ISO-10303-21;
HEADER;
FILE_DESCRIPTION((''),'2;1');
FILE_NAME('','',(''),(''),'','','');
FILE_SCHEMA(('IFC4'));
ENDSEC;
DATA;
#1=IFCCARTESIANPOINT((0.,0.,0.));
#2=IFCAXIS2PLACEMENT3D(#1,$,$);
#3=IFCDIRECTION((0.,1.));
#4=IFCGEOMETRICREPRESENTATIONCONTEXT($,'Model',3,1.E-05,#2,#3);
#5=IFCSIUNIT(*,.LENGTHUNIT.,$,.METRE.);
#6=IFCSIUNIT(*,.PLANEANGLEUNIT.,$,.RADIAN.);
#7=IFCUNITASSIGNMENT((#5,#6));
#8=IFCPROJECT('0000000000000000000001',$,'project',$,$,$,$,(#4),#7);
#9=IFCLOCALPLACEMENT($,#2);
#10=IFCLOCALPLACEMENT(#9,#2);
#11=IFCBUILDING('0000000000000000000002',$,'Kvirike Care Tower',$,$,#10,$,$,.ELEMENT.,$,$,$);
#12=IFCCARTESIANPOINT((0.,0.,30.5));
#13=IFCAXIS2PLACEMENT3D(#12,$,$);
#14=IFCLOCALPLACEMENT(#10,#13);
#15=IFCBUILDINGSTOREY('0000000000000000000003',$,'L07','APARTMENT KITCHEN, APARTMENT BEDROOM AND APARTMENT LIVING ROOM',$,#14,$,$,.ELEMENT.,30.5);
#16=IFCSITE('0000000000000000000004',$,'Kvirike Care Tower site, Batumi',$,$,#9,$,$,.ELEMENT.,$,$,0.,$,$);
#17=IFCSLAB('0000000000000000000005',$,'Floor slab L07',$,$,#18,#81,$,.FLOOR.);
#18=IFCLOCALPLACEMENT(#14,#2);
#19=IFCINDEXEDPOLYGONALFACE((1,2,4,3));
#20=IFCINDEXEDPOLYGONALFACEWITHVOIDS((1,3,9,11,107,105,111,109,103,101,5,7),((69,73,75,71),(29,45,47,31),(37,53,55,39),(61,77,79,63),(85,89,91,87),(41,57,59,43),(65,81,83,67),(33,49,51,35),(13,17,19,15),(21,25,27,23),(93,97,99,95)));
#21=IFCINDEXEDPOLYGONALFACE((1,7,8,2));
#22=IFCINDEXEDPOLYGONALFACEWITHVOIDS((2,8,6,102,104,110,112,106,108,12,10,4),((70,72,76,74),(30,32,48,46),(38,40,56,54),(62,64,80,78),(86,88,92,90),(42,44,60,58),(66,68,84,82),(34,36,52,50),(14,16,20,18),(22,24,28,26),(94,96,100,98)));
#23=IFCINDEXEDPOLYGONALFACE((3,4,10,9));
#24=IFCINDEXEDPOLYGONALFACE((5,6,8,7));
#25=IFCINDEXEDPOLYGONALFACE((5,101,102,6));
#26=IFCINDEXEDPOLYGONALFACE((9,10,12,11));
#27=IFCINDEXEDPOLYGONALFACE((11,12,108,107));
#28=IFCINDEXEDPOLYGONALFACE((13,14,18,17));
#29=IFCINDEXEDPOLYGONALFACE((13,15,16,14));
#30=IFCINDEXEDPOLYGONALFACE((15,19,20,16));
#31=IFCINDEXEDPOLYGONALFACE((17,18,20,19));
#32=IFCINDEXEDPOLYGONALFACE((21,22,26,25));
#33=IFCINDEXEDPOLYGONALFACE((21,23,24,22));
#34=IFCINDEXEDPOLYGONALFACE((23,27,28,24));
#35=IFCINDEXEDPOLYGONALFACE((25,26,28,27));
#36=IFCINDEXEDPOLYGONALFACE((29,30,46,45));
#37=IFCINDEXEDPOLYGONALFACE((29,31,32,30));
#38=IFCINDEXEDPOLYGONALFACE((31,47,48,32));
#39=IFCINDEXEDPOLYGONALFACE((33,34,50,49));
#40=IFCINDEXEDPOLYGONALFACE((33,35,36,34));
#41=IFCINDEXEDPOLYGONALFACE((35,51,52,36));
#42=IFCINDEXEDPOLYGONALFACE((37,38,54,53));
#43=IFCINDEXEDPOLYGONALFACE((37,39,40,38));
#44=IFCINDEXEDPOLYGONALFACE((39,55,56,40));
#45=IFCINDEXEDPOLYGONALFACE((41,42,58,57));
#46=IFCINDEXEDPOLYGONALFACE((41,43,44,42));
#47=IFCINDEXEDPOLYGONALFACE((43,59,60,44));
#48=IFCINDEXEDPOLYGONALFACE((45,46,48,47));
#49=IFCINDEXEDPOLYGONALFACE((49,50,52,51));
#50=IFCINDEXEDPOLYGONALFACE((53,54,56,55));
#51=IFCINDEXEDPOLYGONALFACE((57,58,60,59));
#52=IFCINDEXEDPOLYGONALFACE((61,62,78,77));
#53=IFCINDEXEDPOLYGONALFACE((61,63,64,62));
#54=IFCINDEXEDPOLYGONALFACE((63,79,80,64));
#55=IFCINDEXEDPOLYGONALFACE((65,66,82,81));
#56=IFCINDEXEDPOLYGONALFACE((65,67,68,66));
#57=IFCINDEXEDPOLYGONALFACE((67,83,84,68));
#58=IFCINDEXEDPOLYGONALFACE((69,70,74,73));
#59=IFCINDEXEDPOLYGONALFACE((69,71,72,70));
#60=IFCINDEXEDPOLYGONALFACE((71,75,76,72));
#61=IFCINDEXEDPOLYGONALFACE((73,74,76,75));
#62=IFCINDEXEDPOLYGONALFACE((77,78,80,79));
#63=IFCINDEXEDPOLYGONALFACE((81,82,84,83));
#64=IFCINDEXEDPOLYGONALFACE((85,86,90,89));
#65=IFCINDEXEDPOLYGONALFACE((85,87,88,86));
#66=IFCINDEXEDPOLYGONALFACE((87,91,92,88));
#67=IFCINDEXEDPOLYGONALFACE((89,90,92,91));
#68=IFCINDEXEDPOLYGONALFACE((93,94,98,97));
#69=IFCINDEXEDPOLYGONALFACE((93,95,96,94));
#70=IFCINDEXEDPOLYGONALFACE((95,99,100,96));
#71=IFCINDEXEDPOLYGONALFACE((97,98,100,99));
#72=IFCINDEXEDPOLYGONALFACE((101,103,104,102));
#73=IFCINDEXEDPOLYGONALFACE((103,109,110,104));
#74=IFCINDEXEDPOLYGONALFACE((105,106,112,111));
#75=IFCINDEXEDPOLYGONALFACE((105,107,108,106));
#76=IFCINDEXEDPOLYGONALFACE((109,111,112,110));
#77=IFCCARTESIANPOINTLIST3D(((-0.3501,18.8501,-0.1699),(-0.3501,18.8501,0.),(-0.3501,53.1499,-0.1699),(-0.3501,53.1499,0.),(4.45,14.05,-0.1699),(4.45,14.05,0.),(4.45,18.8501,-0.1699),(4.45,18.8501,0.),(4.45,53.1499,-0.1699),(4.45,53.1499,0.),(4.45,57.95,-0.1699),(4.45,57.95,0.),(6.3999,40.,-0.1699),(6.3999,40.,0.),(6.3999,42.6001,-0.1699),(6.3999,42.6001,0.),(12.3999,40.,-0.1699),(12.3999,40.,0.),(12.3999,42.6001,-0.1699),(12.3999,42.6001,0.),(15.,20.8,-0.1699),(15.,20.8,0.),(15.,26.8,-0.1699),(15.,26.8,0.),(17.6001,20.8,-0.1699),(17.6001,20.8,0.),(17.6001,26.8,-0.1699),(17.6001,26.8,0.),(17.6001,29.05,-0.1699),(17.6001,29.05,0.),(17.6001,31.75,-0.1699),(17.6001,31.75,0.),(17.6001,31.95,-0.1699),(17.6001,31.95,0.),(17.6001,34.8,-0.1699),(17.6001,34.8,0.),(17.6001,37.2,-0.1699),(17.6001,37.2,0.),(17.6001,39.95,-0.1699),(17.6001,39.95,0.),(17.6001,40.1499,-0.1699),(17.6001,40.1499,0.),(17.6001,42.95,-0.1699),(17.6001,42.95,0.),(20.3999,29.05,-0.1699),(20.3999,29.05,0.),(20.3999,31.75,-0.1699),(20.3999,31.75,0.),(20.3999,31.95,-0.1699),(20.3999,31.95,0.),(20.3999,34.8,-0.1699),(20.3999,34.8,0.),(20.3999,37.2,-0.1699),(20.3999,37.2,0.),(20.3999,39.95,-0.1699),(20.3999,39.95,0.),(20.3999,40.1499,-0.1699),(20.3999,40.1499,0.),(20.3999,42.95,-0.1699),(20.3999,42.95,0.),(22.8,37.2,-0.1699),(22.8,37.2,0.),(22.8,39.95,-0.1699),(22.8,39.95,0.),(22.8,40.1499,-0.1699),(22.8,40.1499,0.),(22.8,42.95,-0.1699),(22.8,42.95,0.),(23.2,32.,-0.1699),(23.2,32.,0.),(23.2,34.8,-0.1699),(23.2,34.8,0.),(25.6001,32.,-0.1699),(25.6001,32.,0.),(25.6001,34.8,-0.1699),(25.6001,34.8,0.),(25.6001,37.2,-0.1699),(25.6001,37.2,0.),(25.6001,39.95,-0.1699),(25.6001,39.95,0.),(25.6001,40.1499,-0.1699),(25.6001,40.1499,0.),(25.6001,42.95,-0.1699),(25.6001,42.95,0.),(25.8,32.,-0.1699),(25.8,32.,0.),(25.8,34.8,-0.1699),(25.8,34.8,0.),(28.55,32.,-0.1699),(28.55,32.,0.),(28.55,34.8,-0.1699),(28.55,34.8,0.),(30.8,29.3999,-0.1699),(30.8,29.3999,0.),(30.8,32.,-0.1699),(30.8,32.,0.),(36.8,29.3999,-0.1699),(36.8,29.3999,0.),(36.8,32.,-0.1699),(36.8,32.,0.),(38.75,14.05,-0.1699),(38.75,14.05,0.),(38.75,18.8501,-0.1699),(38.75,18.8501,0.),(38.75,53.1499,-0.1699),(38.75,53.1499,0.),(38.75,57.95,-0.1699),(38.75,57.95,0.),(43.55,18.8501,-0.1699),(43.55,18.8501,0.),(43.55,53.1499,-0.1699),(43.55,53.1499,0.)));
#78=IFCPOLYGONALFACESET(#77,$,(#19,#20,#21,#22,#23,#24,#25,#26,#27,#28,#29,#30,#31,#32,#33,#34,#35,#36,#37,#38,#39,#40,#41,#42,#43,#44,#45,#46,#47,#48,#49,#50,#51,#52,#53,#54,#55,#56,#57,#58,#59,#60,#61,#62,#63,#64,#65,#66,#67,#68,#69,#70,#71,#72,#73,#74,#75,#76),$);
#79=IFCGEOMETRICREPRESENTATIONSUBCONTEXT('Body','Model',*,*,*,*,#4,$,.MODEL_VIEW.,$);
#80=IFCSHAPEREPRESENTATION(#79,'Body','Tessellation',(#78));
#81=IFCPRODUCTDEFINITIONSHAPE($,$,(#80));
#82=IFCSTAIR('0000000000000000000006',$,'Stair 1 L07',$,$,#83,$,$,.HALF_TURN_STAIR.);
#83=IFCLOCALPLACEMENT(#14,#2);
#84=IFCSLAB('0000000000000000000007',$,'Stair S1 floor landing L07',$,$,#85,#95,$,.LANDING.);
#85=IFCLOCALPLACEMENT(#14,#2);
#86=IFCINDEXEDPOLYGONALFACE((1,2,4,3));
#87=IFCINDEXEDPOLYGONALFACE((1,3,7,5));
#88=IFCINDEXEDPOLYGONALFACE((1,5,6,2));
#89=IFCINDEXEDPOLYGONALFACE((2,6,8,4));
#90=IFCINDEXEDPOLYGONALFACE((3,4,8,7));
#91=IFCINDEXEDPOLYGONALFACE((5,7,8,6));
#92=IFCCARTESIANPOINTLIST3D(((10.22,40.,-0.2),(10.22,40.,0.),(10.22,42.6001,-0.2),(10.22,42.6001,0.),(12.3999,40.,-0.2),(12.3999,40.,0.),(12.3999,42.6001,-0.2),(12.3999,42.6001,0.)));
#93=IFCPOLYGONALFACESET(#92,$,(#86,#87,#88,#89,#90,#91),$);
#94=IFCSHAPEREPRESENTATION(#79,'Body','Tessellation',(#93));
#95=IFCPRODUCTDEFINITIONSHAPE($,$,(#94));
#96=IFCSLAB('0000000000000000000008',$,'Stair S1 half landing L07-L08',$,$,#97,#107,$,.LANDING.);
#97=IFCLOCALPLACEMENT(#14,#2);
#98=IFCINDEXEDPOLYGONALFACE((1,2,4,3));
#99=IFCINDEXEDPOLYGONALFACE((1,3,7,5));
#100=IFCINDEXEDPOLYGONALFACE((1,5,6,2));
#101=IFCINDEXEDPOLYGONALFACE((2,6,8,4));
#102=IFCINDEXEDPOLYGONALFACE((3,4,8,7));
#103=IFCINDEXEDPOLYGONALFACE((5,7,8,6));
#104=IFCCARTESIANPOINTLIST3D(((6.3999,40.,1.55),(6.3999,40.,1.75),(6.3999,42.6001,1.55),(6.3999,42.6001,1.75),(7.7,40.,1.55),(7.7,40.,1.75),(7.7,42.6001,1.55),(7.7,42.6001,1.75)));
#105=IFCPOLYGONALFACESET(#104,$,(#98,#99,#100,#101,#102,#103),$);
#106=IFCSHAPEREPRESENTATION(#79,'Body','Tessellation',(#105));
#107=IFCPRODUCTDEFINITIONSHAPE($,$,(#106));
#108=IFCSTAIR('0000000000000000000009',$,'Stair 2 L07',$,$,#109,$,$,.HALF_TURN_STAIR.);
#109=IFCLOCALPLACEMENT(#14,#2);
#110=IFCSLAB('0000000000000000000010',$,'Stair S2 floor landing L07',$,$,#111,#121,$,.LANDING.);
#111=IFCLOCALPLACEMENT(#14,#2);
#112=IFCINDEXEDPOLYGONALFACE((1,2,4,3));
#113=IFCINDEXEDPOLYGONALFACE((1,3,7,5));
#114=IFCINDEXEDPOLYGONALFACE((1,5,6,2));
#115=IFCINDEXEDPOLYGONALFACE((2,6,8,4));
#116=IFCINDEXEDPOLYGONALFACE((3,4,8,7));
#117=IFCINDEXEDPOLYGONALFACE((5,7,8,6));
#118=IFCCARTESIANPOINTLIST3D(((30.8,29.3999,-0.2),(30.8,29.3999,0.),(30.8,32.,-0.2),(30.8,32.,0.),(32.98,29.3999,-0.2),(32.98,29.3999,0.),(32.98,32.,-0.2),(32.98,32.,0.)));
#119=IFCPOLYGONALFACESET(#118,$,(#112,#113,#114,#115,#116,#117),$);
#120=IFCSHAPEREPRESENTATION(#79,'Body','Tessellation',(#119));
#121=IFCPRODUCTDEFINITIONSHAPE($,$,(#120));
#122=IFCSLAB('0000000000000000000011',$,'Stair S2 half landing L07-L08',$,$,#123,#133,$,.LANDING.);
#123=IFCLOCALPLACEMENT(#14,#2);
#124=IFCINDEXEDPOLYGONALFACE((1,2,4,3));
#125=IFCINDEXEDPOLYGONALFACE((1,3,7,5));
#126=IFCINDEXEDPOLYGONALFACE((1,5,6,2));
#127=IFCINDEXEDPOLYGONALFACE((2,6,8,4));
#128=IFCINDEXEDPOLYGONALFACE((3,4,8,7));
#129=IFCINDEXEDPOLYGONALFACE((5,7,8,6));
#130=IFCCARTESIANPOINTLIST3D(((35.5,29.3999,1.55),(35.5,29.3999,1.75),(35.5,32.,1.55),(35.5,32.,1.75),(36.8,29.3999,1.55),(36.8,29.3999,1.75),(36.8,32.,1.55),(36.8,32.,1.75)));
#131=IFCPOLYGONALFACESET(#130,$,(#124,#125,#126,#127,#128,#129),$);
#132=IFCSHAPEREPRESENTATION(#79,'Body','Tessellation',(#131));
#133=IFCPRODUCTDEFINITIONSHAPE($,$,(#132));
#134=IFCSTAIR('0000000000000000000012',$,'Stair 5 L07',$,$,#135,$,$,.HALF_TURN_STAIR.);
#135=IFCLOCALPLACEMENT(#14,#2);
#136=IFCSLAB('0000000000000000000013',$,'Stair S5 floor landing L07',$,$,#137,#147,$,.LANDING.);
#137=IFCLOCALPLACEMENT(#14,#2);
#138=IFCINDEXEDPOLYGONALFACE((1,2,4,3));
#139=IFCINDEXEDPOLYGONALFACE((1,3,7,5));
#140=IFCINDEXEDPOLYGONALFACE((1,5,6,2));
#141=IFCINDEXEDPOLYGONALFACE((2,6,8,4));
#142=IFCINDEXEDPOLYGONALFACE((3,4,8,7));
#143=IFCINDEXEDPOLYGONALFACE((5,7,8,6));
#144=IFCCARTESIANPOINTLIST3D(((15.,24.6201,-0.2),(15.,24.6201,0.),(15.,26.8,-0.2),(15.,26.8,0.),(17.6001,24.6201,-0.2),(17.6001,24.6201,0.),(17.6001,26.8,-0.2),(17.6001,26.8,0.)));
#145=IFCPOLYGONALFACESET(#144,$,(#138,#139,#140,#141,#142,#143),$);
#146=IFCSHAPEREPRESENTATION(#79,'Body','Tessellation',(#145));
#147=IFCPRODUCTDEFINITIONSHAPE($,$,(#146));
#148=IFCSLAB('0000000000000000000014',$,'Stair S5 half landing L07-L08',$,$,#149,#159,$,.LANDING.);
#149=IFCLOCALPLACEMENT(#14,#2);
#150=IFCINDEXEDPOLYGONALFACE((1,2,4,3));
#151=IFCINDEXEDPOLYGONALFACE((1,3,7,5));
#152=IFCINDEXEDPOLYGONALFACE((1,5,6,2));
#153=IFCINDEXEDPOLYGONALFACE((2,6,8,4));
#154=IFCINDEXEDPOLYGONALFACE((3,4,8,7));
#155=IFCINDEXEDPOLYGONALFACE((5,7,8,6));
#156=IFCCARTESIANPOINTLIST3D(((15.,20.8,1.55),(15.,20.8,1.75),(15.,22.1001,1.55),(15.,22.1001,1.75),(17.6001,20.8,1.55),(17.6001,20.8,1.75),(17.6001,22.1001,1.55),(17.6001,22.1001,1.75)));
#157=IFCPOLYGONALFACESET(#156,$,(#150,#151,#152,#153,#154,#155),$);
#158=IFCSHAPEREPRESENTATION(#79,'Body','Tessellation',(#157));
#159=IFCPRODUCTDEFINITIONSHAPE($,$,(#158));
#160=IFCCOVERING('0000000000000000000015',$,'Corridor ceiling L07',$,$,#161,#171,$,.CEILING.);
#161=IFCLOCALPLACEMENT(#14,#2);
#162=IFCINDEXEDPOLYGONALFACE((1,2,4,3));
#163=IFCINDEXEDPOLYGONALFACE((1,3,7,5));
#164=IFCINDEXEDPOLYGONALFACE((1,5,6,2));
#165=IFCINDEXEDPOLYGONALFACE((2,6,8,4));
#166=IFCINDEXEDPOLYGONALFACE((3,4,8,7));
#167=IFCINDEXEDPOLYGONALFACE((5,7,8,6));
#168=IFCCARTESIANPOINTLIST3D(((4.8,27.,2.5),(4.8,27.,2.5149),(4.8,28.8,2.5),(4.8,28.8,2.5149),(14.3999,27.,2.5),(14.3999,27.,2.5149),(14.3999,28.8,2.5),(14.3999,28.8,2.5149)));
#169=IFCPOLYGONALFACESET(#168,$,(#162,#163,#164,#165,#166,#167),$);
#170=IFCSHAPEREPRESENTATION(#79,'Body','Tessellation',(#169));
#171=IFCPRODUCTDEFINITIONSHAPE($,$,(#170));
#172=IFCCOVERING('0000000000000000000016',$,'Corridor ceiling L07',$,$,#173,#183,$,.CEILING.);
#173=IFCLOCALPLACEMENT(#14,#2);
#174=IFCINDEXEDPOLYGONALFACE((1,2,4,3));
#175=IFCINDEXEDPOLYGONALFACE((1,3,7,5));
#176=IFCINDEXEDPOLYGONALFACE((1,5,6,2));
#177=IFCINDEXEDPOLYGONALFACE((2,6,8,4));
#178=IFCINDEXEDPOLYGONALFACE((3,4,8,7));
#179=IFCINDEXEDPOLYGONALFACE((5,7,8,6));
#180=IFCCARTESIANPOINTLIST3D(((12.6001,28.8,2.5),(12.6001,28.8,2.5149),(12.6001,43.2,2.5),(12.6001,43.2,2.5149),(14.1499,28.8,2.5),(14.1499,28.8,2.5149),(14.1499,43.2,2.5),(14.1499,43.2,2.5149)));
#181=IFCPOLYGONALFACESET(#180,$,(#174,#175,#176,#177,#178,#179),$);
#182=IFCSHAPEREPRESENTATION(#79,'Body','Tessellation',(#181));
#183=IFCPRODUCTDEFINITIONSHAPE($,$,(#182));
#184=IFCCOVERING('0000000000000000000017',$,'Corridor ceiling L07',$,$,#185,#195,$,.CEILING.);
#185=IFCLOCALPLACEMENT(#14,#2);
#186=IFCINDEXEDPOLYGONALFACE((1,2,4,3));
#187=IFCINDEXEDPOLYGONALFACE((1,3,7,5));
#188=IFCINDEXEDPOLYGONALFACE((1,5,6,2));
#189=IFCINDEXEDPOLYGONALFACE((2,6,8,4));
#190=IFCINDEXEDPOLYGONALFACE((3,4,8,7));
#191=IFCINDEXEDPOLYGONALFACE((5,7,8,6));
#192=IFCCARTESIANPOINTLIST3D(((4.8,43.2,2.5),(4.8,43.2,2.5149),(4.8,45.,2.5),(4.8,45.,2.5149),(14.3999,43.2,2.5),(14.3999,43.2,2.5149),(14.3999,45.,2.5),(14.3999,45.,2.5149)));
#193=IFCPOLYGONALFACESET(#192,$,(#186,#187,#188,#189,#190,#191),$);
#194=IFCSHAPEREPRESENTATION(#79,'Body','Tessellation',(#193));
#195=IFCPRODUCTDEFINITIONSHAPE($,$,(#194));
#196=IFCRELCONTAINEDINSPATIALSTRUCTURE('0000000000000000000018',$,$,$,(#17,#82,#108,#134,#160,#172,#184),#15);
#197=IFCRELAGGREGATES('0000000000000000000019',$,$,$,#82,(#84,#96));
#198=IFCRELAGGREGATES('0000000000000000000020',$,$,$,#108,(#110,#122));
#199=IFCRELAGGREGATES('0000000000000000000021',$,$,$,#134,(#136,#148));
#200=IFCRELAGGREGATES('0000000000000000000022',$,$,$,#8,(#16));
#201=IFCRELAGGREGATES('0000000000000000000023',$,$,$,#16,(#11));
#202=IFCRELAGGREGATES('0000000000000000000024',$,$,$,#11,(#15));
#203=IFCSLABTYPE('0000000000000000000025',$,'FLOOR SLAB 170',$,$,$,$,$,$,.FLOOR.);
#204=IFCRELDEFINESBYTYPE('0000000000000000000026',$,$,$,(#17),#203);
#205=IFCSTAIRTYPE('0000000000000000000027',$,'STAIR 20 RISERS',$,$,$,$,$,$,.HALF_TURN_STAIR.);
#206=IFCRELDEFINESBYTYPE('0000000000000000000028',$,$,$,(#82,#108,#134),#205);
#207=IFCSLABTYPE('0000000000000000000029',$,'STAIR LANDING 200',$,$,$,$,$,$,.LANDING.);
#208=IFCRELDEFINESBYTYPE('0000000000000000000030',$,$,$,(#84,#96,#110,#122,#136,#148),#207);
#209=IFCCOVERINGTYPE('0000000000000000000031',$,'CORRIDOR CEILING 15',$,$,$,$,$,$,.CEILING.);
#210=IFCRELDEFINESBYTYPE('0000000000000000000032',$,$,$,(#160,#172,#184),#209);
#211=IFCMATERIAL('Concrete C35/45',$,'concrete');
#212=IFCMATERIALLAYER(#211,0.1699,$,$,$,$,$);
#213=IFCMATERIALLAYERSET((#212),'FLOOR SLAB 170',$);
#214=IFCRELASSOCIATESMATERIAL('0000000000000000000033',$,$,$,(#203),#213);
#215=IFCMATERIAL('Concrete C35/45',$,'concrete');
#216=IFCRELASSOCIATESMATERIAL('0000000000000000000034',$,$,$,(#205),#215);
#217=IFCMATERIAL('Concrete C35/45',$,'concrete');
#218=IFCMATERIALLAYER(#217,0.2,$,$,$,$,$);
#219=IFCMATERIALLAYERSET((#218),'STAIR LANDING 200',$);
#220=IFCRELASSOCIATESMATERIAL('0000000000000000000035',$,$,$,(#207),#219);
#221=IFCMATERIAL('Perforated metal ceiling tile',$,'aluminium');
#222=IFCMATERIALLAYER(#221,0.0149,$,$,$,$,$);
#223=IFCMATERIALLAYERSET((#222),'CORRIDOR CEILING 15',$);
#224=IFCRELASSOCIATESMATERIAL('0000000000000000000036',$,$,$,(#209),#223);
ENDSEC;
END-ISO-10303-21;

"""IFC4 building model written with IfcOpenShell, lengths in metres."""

from ifc_helpers import new_model, si_unit, direction, frame, origin, place, context, subcontext, project, spatial, polyline, outline, extrude, material, layer, layer_set, type_object, element, aggregate, save


model = new_model("IFC4")

# Units and contexts
model_context = context("Model", 3, precision=1e-05, world=origin(), true_north=direction((0.0, 1.0)))
body_context = subcontext(model_context, "Body", "Model", "MODEL_VIEW")
ifc_project = project(units=[si_unit("LENGTHUNIT", "METRE"), si_unit("PLANEANGLEUNIT", "RADIAN")], contexts=[model_context])

# Site, building, storey
site_placement = place(None, origin())
site = spatial("IfcSite", under=ifc_project, at=site_placement, Name="Kvirike Care Tower site, Batumi", CompositionType="ELEMENT", RefElevation=0.0)
building_placement = place(site_placement, origin())
building = spatial("IfcBuilding", under=site, at=building_placement, Name="Kvirike Care Tower", CompositionType="ELEMENT")
storey_placement = place(building_placement, frame((0.0, 0.0, 30.5)))
storey = spatial("IfcBuildingStorey", under=building, at=storey_placement, Name="L07", Description="APARTMENT KITCHEN, APARTMENT BEDROOM AND APARTMENT LIVING ROOM", CompositionType="ELEMENT", Elevation=30.5)

# Slab
ifc_material_1 = material(Name="Concrete C35/45", Category="concrete")
ifc_layer_1 = layer(ifc_material_1, 0.1699)
ifc_layer_set_1 = layer_set([ifc_layer_1], Name="FLOOR SLAB 170")
slab_type_1 = type_object("IfcSlabType", Name="FLOOR SLAB 170", PredefinedType="FLOOR", material=ifc_layer_set_1)
slab_1_placement = place(storey_placement, frame((0.0, 0.0, -0.1699)))
element("IfcSlab", 1, at=slab_1_placement, inside=storey, type_object=slab_type_1, Name="Floor slab L07", PredefinedType="FLOOR", context=body_context, shape_type="SweptSolid", body=[
    extrude(outline(polyline([(-0.3501, 53.1499), (-0.3501, 18.8501), (4.45, 18.8501), (4.45, 14.05), (38.75, 14.05), (38.75, 18.8501), (43.55, 18.8501), (43.55, 53.1499), (38.75, 53.1499), (38.75, 57.95), (4.45, 57.95), (4.45, 53.1499), (-0.3501, 53.1499)]), holes=[polyline([(17.6001, 29.05), (17.6001, 31.75), (20.3999, 31.75), (20.3999, 29.05), (17.6001, 29.05)]), polyline([(17.6001, 31.95), (17.6001, 34.8), (20.3999, 34.8), (20.3999, 31.95), (17.6001, 31.95)]), polyline([(17.6001, 37.2), (17.6001, 39.95), (20.3999, 39.95), (20.3999, 37.2), (17.6001, 37.2)]), polyline([(17.6001, 40.1499), (17.6001, 42.95), (20.3999, 42.95), (20.3999, 40.1499), (17.6001, 40.1499)]), polyline([(22.8, 37.2), (22.8, 39.95), (25.6001, 39.95), (25.6001, 37.2), (22.8, 37.2)]), polyline([(22.8, 40.1499), (22.8, 42.95), (25.6001, 42.95), (25.6001, 40.1499), (22.8, 40.1499)]), polyline([(23.2, 32.0), (23.2, 34.8), (25.6001, 34.8), (25.6001, 32.0), (23.2, 32.0)]), polyline([(25.8, 32.0), (25.8, 34.8), (28.55, 34.8), (28.55, 32.0), (25.8, 32.0)]), polyline([(12.3999, 42.6001), (12.3999, 40.0), (6.3999, 40.0), (6.3999, 42.6001), (12.3999, 42.6001)]), polyline([(30.8, 29.3999), (30.8, 32.0), (36.8, 32.0), (36.8, 29.3999), (30.8, 29.3999)]), polyline([(15.0, 26.8), (17.6001, 26.8), (17.6001, 20.8), (15.0, 20.8), (15.0, 26.8)])]), origin(), (0.0, 0.0, 1.0), 0.1699),
])

# Stairs, slabs
ifc_material_2 = material(Name="Concrete C35/45", Category="concrete")
stair_type = type_object("IfcStairType", Name="STAIR 20 RISERS", PredefinedType="HALF_TURN_STAIR", material=ifc_material_2)
stair_1_placement = place(storey_placement, origin())
stair_1 = element("IfcStair", 2, at=stair_1_placement, inside=storey, type_object=stair_type, Name="Stair 1 L07", PredefinedType="HALF_TURN_STAIR")
ifc_material_3 = material(Name="Concrete C35/45", Category="concrete")
ifc_layer_2 = layer(ifc_material_3, 0.2)
ifc_layer_set_2 = layer_set([ifc_layer_2], Name="STAIR LANDING 200")
slab_type_2 = type_object("IfcSlabType", Name="STAIR LANDING 200", PredefinedType="LANDING", material=ifc_layer_set_2)
slab_2_placement = place(storey_placement, frame((0.0, 0.0, -0.2)))
slab_2 = element("IfcSlab", 3, at=slab_2_placement, type_object=slab_type_2, Name="Stair S1 floor landing L07", PredefinedType="LANDING", context=body_context, shape_type="SweptSolid", body=[
    extrude(outline(polyline([(10.22, 42.6001), (10.22, 40.0), (12.3999, 40.0), (12.3999, 42.6001), (10.22, 42.6001)])), origin(), (0.0, 0.0, 1.0), 0.2),
])
slab_3_placement = place(storey_placement, frame((0.0, 0.0, 1.55)))
slab_3 = element("IfcSlab", 4, at=slab_3_placement, type_object=slab_type_2, Name="Stair S1 half landing L07-L08", PredefinedType="LANDING", context=body_context, shape_type="SweptSolid", body=[
    extrude(outline(polyline([(6.3999, 42.6001), (6.3999, 40.0), (7.7, 40.0), (7.7, 42.6001), (6.3999, 42.6001)])), origin(), (0.0, 0.0, 1.0), 0.2),
])
aggregate(stair_1, [slab_2, slab_3])
stair_2_placement = place(storey_placement, origin())
stair_2 = element("IfcStair", 5, at=stair_2_placement, inside=storey, type_object=stair_type, Name="Stair 2 L07", PredefinedType="HALF_TURN_STAIR")
slab_4_placement = place(storey_placement, frame((0.0, 0.0, -0.2)))
slab_4 = element("IfcSlab", 6, at=slab_4_placement, type_object=slab_type_2, Name="Stair S2 floor landing L07", PredefinedType="LANDING", context=body_context, shape_type="SweptSolid", body=[
    extrude(outline(polyline([(32.98, 29.3999), (32.98, 32.0), (30.8, 32.0), (30.8, 29.3999), (32.98, 29.3999)])), origin(), (0.0, 0.0, 1.0), 0.2),
])
slab_5_placement = place(storey_placement, frame((0.0, 0.0, 1.55)))
slab_5 = element("IfcSlab", 7, at=slab_5_placement, type_object=slab_type_2, Name="Stair S2 half landing L07-L08", PredefinedType="LANDING", context=body_context, shape_type="SweptSolid", body=[
    extrude(outline(polyline([(36.8, 29.3999), (36.8, 32.0), (35.5, 32.0), (35.5, 29.3999), (36.8, 29.3999)])), origin(), (0.0, 0.0, 1.0), 0.2),
])
aggregate(stair_2, [slab_4, slab_5])
stair_3_placement = place(storey_placement, origin())
stair_3 = element("IfcStair", 8, at=stair_3_placement, inside=storey, type_object=stair_type, Name="Stair 5 L07", PredefinedType="HALF_TURN_STAIR")
slab_6_placement = place(storey_placement, frame((0.0, 0.0, -0.2)))
slab_6 = element("IfcSlab", 9, at=slab_6_placement, type_object=slab_type_2, Name="Stair S5 floor landing L07", PredefinedType="LANDING", context=body_context, shape_type="SweptSolid", body=[
    extrude(outline(polyline([(15.0, 24.6201), (17.6001, 24.6201), (17.6001, 26.8), (15.0, 26.8), (15.0, 24.6201)])), origin(), (0.0, 0.0, 1.0), 0.2),
])
slab_7_placement = place(storey_placement, frame((0.0, 0.0, 1.55)))
slab_7 = element("IfcSlab", 10, at=slab_7_placement, type_object=slab_type_2, Name="Stair S5 half landing L07-L08", PredefinedType="LANDING", context=body_context, shape_type="SweptSolid", body=[
    extrude(outline(polyline([(15.0, 20.8), (17.6001, 20.8), (17.6001, 22.1001), (15.0, 22.1001), (15.0, 20.8)])), origin(), (0.0, 0.0, 1.0), 0.2),
])
aggregate(stair_3, [slab_6, slab_7])

# Coverings
ifc_material_4 = material(Name="Perforated metal ceiling tile", Category="aluminium")
ifc_layer_3 = layer(ifc_material_4, 0.0149)
ifc_layer_set_3 = layer_set([ifc_layer_3], Name="CORRIDOR CEILING 15")
covering_type_1 = type_object("IfcCoveringType", Name="CORRIDOR CEILING 15", PredefinedType="CEILING", material=ifc_layer_set_3)
covering_1_placement = place(storey_placement, frame((0.0, 0.0, 2.5)))
element("IfcCovering", 11, at=covering_1_placement, inside=storey, type_object=covering_type_1, Name="Corridor ceiling L07", PredefinedType="CEILING", context=body_context, shape_type="SweptSolid", body=[
    extrude(outline(polyline([(4.8, 27.0), (4.8, 28.8), (14.3999, 28.8), (14.3999, 27.0), (4.8, 27.0)])), origin(), (0.0, 0.0, 1.0), 0.0149),
])
covering_2_placement = place(storey_placement, frame((0.0, 0.0, 2.5)))
element("IfcCovering", 12, at=covering_2_placement, inside=storey, type_object=covering_type_1, Name="Corridor ceiling L07", PredefinedType="CEILING", context=body_context, shape_type="SweptSolid", body=[
    extrude(outline(polyline([(12.6001, 43.2), (14.1499, 43.2), (14.1499, 28.8), (12.6001, 28.8), (12.6001, 43.2)])), origin(), (0.0, 0.0, 1.0), 0.0149),
])
covering_3_placement = place(storey_placement, frame((0.0, 0.0, 2.5)))
element("IfcCovering", 13, at=covering_3_placement, inside=storey, type_object=covering_type_1, Name="Corridor ceiling L07", PredefinedType="CEILING", context=body_context, shape_type="SweptSolid", body=[
    extrude(outline(polyline([(14.3999, 45.0), (14.3999, 43.2), (4.8, 43.2), (4.8, 45.0), (14.3999, 45.0)])), origin(), (0.0, 0.0, 1.0), 0.0149),
])

save(model, "model.ifc")
